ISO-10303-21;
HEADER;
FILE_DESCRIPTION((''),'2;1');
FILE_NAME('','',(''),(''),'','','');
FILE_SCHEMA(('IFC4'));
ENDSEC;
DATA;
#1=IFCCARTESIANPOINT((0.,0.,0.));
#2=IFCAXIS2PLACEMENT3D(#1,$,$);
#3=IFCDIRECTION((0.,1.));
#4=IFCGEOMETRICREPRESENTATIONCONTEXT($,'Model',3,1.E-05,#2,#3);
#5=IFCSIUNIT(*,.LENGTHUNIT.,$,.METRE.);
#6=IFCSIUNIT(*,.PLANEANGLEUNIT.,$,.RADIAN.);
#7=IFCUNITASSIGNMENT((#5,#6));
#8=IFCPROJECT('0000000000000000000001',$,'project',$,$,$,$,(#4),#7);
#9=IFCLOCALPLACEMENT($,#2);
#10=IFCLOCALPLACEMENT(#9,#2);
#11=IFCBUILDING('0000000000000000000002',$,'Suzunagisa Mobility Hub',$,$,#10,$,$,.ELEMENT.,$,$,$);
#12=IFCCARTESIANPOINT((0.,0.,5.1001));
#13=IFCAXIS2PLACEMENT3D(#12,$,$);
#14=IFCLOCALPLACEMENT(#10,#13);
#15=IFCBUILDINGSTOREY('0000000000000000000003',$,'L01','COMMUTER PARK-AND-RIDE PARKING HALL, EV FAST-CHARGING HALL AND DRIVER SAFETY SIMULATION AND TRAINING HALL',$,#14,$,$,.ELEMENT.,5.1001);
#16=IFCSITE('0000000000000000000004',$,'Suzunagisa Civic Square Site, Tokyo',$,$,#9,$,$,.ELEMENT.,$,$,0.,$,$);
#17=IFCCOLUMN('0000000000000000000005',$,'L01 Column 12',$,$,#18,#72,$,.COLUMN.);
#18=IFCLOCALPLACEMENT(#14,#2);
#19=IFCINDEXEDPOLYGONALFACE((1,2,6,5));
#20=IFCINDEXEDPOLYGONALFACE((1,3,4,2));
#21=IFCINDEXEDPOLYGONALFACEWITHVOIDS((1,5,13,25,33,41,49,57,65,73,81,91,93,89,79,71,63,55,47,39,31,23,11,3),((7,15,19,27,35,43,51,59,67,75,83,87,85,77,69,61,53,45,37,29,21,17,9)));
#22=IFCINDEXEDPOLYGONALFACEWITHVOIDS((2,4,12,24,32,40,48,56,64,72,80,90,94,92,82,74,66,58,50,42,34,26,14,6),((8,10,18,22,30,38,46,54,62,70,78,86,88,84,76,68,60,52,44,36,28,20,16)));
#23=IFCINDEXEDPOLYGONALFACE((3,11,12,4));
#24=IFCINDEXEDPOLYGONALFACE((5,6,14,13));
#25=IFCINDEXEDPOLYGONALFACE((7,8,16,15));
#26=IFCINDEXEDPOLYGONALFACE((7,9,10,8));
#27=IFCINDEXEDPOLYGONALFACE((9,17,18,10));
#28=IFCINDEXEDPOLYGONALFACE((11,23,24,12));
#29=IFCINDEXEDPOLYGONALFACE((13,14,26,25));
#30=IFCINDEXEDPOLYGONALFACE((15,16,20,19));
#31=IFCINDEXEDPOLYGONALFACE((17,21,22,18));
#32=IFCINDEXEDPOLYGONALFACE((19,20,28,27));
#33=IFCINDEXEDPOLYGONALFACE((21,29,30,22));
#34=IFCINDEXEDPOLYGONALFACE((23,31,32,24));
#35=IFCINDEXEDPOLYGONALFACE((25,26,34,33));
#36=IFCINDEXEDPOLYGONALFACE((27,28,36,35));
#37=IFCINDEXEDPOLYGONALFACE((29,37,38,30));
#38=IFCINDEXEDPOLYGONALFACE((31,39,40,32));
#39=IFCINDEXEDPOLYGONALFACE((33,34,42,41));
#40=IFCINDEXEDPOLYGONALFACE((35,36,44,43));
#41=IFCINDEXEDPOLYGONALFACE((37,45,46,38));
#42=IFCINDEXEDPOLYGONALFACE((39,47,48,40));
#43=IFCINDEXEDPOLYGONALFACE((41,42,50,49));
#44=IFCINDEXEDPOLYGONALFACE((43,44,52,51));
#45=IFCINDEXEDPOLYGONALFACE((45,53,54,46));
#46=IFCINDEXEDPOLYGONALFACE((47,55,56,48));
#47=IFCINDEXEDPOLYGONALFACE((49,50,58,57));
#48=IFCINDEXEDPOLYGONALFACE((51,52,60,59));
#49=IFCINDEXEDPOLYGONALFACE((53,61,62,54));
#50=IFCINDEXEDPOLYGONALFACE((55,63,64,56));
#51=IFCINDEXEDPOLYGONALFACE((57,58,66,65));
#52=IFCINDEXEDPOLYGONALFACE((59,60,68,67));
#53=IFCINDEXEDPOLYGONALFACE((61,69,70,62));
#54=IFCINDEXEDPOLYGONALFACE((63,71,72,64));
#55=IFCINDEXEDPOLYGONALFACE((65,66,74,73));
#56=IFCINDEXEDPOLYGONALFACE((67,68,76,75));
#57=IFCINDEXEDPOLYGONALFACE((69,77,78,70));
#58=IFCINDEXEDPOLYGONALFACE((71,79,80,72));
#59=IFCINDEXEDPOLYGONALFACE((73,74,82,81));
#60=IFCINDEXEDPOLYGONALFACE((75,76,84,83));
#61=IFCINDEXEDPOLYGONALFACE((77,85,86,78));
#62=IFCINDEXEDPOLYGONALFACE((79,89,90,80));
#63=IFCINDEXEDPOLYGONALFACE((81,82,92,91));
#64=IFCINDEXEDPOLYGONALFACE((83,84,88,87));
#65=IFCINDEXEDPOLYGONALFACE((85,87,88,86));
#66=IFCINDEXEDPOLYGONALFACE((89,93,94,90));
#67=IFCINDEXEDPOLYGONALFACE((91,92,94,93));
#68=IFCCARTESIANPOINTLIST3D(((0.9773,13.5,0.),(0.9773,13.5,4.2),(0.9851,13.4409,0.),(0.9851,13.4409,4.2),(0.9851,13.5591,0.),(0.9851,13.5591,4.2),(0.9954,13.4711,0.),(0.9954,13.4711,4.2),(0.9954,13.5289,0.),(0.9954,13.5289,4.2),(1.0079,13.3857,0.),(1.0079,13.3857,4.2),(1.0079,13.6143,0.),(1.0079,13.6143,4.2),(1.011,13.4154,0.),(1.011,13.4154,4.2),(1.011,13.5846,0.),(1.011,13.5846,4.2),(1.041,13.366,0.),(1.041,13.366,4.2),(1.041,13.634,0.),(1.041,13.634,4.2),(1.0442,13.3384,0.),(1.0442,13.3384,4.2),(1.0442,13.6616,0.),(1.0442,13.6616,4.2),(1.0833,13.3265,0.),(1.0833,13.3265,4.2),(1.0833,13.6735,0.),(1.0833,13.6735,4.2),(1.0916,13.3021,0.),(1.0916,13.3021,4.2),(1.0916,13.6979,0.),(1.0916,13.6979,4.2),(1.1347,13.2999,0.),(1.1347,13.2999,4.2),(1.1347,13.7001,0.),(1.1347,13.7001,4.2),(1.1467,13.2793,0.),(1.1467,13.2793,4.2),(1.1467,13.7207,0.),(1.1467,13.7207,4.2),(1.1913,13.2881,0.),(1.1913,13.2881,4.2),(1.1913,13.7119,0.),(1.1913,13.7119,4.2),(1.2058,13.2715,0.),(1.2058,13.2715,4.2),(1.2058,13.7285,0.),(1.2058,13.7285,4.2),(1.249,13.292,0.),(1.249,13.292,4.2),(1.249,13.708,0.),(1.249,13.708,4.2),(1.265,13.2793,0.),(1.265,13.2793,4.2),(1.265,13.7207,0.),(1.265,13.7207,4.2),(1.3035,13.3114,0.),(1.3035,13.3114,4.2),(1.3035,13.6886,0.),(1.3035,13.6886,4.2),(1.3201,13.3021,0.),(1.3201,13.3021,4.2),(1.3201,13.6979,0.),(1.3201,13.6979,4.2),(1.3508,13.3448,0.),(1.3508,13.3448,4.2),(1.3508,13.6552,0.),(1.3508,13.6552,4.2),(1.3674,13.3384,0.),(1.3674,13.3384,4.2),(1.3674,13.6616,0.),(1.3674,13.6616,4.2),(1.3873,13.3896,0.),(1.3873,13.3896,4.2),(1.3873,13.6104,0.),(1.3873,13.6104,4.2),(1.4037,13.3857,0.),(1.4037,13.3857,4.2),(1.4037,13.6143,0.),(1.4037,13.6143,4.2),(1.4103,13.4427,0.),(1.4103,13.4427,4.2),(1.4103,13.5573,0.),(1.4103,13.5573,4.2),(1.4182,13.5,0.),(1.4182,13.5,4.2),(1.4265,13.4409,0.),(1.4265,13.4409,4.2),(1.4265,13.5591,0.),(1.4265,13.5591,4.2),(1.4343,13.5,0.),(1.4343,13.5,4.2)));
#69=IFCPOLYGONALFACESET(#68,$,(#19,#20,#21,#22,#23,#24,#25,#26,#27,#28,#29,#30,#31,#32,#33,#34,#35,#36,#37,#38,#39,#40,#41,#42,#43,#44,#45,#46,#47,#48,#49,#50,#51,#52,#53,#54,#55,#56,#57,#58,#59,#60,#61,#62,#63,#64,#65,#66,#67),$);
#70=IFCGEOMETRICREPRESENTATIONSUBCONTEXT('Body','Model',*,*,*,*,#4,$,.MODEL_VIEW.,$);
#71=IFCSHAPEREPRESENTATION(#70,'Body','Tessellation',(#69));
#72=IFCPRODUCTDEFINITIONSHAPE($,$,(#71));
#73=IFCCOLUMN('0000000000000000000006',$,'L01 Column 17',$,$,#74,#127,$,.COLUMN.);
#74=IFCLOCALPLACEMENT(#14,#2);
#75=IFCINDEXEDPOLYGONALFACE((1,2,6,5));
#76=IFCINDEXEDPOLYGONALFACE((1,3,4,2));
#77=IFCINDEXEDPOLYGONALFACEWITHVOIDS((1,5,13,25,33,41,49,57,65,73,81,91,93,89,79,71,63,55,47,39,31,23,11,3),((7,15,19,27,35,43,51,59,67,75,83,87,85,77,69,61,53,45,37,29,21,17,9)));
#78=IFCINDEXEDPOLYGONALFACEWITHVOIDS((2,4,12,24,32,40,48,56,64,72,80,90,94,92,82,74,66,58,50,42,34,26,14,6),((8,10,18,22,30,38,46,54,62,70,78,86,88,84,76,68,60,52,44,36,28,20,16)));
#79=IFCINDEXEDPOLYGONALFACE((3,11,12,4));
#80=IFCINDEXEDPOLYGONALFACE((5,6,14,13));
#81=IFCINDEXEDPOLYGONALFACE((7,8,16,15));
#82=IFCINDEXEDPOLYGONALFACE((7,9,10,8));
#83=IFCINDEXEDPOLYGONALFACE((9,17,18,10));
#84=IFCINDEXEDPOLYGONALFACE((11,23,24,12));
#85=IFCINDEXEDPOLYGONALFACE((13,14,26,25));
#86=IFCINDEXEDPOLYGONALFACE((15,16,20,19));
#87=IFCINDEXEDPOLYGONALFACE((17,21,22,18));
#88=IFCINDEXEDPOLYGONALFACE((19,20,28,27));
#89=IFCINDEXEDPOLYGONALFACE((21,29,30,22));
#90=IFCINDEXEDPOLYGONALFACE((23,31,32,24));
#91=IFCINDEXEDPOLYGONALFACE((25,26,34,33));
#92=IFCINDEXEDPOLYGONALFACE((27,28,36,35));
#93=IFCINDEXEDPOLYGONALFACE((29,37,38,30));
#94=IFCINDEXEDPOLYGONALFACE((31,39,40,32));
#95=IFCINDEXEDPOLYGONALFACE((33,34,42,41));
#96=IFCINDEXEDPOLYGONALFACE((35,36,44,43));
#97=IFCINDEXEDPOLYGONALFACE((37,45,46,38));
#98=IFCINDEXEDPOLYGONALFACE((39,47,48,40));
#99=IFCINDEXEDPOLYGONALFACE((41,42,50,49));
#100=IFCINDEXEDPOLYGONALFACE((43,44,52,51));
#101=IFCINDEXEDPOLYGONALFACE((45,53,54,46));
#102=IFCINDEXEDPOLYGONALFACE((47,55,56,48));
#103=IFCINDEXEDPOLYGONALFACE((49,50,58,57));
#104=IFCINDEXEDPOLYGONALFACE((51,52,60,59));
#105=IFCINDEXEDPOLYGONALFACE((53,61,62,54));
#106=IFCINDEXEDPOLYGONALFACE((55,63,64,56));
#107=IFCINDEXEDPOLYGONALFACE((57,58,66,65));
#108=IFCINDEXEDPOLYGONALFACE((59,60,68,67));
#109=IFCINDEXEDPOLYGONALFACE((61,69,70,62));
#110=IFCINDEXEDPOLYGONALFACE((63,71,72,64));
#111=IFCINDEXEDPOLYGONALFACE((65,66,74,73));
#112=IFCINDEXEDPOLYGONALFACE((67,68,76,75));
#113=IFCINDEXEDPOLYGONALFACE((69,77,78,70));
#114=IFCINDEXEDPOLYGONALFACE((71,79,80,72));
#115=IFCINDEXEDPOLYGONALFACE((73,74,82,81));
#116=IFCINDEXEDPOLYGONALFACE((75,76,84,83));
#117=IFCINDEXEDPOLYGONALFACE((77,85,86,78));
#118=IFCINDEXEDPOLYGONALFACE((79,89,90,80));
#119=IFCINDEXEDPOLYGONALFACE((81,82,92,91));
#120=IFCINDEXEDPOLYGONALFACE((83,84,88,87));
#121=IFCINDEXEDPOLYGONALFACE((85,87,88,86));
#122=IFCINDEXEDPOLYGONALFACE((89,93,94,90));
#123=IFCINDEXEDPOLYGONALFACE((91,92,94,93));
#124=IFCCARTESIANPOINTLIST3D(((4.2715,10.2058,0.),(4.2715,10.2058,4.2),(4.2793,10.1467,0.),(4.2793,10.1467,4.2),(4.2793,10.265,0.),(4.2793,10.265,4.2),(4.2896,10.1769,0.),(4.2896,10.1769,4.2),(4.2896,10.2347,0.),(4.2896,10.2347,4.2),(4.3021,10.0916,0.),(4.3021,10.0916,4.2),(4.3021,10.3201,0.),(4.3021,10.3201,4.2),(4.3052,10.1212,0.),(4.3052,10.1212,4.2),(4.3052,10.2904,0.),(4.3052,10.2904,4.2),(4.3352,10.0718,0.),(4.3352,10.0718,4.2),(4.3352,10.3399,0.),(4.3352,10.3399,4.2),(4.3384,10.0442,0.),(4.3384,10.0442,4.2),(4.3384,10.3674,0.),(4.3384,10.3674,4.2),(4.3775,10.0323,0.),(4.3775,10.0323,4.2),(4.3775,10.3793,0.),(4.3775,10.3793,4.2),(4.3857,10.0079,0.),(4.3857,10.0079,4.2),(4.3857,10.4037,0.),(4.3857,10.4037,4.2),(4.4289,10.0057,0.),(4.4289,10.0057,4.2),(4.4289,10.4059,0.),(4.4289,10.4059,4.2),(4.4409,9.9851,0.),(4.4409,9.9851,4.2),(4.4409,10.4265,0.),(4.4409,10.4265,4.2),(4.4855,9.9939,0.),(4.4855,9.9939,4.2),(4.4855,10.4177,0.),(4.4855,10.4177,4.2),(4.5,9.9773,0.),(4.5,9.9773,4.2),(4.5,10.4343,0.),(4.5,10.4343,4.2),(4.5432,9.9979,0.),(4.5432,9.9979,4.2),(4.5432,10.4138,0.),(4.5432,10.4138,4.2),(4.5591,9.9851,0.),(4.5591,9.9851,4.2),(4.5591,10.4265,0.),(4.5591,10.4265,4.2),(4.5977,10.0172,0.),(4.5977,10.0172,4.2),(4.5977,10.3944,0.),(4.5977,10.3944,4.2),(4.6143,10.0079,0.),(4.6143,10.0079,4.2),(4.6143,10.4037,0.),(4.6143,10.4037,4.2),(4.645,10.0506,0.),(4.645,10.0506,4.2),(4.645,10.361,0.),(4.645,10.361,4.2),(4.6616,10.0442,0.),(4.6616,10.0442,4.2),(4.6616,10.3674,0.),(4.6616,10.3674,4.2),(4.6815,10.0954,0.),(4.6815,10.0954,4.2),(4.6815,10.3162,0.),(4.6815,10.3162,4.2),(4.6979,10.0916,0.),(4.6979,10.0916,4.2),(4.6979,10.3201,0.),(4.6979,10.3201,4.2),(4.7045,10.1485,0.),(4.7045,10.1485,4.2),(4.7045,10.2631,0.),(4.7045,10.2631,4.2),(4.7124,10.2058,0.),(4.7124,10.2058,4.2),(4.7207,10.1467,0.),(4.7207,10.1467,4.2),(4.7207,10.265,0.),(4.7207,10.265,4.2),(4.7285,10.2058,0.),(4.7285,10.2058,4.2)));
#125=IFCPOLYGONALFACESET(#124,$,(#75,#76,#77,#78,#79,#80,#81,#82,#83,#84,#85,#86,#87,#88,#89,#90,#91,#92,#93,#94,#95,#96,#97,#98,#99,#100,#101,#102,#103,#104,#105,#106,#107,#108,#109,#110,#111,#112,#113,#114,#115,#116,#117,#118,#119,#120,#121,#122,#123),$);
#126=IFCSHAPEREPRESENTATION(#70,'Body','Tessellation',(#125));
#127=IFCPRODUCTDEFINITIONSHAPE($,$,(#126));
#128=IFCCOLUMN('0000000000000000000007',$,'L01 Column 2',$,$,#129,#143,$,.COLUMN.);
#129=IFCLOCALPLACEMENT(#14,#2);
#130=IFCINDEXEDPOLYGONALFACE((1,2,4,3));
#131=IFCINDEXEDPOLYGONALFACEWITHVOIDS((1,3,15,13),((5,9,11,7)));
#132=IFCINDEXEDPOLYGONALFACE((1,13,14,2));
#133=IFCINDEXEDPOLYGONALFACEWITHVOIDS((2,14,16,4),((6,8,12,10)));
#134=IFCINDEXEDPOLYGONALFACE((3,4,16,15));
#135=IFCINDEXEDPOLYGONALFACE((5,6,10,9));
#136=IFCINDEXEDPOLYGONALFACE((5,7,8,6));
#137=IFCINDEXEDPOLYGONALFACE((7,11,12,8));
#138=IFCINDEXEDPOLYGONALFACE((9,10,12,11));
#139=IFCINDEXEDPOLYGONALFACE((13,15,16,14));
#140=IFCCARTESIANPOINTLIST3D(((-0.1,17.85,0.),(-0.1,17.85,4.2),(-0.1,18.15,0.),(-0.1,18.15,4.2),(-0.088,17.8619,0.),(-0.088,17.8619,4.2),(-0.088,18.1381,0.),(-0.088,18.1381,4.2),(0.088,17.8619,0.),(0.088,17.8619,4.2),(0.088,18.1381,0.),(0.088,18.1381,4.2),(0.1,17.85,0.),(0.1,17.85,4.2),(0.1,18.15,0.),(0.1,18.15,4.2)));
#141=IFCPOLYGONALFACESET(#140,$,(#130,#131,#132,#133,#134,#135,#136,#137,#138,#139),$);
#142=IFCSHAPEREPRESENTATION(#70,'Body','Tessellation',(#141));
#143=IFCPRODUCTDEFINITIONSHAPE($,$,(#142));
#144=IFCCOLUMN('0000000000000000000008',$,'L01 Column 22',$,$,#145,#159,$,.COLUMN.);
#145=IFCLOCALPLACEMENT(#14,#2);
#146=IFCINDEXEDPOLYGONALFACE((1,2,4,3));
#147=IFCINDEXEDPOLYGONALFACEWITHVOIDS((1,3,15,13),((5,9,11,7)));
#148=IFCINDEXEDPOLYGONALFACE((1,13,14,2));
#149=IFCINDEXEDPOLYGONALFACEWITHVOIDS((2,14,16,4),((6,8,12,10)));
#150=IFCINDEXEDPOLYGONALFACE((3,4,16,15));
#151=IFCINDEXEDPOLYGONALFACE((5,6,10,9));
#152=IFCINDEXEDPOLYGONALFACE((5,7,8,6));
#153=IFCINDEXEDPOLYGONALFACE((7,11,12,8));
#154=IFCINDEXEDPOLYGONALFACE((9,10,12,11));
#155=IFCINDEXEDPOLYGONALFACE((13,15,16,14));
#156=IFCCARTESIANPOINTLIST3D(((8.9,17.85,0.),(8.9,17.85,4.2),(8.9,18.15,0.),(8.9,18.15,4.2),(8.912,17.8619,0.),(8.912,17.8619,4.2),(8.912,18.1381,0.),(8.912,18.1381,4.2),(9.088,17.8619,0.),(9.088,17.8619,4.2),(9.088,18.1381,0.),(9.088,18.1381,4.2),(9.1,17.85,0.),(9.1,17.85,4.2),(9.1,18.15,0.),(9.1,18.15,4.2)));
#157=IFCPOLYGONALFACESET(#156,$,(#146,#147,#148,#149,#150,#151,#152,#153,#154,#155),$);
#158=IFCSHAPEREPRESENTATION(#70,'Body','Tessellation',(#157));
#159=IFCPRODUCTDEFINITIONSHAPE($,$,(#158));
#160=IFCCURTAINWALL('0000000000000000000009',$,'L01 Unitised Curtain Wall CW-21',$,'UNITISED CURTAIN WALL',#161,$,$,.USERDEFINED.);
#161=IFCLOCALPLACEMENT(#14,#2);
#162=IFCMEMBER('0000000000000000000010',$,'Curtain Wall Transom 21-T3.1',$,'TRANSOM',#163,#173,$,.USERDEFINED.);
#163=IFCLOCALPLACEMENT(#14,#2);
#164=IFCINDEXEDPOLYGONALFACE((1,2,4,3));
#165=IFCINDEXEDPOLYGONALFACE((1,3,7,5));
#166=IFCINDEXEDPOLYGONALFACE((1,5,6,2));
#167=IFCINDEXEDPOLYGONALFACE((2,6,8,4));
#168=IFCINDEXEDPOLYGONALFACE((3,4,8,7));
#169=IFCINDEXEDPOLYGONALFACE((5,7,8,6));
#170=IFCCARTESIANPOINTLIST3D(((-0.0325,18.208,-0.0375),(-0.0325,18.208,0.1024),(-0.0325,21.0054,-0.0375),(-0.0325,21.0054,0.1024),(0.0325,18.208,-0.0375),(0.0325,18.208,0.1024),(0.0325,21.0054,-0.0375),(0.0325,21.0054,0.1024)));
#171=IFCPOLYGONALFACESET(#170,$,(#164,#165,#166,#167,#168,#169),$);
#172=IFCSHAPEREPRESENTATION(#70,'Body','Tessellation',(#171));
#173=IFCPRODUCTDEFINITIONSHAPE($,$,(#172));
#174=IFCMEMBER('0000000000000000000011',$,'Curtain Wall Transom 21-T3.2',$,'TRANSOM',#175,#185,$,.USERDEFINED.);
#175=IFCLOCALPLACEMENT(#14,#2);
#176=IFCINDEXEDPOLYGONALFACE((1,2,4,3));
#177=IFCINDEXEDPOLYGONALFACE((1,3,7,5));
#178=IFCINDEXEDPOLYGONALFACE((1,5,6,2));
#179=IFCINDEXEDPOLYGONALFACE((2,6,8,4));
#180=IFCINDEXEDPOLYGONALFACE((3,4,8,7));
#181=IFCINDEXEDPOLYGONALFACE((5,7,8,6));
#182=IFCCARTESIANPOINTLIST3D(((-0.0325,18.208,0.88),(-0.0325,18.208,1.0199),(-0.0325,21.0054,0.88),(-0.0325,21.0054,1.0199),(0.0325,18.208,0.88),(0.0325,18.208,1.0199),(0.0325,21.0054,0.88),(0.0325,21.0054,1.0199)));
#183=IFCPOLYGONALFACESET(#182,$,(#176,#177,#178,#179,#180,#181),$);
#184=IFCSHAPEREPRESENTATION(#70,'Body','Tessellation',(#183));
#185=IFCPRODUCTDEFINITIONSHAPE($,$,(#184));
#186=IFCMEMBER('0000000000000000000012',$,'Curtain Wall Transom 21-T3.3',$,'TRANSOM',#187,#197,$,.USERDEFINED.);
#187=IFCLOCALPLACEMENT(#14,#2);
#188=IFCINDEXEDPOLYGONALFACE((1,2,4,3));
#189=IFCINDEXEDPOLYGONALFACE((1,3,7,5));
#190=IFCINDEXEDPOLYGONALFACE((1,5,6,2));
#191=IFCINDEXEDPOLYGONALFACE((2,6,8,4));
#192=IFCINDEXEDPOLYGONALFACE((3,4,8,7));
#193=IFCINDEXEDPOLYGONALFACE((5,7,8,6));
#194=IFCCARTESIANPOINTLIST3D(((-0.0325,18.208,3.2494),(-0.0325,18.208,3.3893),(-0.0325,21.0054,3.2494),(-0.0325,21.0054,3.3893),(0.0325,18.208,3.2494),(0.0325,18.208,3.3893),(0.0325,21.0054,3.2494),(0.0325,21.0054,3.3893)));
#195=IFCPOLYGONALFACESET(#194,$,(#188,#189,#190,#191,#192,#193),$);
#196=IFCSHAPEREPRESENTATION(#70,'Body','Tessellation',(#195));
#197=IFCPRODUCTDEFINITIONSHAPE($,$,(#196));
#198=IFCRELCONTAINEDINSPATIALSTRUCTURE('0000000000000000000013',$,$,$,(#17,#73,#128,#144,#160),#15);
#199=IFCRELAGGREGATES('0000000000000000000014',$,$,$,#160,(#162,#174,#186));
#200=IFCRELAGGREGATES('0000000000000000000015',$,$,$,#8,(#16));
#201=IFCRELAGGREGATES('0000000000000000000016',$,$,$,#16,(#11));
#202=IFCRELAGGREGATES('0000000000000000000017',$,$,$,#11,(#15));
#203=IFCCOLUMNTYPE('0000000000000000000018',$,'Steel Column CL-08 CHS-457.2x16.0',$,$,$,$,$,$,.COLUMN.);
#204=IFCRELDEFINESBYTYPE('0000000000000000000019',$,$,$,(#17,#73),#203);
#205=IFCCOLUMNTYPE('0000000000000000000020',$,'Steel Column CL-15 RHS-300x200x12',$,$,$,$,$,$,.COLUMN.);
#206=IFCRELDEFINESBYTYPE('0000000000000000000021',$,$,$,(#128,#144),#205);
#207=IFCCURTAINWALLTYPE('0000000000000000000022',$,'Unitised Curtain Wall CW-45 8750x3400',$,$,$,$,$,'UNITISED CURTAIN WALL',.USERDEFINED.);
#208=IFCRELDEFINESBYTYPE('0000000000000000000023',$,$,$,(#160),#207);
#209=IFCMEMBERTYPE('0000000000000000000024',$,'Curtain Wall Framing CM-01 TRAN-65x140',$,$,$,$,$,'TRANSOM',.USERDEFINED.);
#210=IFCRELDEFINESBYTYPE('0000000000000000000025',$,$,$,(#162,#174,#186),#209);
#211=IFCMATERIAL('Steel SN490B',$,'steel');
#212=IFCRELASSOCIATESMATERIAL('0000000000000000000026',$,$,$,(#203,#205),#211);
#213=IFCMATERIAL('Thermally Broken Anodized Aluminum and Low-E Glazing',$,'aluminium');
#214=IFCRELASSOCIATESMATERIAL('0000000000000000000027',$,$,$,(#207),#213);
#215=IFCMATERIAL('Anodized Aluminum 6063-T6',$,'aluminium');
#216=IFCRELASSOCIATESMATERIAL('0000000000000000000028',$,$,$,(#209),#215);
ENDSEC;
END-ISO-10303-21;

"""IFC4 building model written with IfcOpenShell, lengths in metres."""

from ifc_helpers import new_model, si_unit, direction, frame, origin, origin_2d, place, context, subcontext, project, spatial, rectangle, hollow_rectangle, hollow_circle, extrude, material, material_profile, profile_set, type_object, element, aggregate, save


model = new_model("IFC4")

# Units and contexts
model_context = context("Model", 3, precision=1e-05, world=origin(), true_north=direction((0.0, 1.0)))
body_context = subcontext(model_context, "Body", "Model", "MODEL_VIEW")
ifc_project = project(units=[si_unit("LENGTHUNIT", "METRE"), si_unit("PLANEANGLEUNIT", "RADIAN")], contexts=[model_context])

# Site, building, storey
site_placement = place(None, origin())
site = spatial("IfcSite", under=ifc_project, at=site_placement, Name="Suzunagisa Civic Square Site, Tokyo", CompositionType="ELEMENT", RefElevation=0.0)
building_placement = place(site_placement, origin())
building = spatial("IfcBuilding", under=site, at=building_placement, Name="Suzunagisa Mobility Hub", CompositionType="ELEMENT")
storey_placement = place(building_placement, frame((0.0, 0.0, 5.1001)))
storey = spatial("IfcBuildingStorey", under=building, at=storey_placement, Name="L01", Description="COMMUTER PARK-AND-RIDE PARKING HALL, EV FAST-CHARGING HALL AND DRIVER SAFETY SIMULATION AND TRAINING HALL", CompositionType="ELEMENT", Elevation=5.1001)

# Columns
ifc_material_1 = material(Name="Steel SN490B", Category="steel")
ifc_material_profile_1 = material_profile(ifc_material_1, hollow_circle(Radius=0.2285, WallThickness=0.0161, at=origin_2d()), Name="CHS-457.2x16.0")
ifc_profile_set_1 = profile_set([ifc_material_profile_1], Name="Steel SN490B")
column_type_1 = type_object("IfcColumnType", Name="Steel Column CL-08 CHS-457.2x16.0", PredefinedType="COLUMN", material=ifc_profile_set_1)
for number, where, z_axis, x_axis, name in (
    (1, (1.2058, 13.5, 0.0), (0.0, 0.0, 1.0), (1.0, 0.0, 0.0), "L01 Column 12"),
    (2, (4.5, 10.2058, 0.0), (0.0, 0.0, 1.0), (1.0, 0.0, 0.0), "L01 Column 17"),
):
    element("IfcColumn", number, at=place(storey_placement, frame(where, z_axis=z_axis, x_axis=x_axis)), inside=storey, type_object=column_type_1, Name=name, PredefinedType="COLUMN", context=body_context, shape_type="SweptSolid", body=[
        extrude(hollow_circle(Radius=0.2285, WallThickness=0.0161, at=origin_2d()), origin(), (0.0, 0.0, 1.0), 4.2),
    ])
ifc_material_profile_2 = material_profile(ifc_material_1, hollow_rectangle(XDim=0.2, YDim=0.3, WallThickness=0.012, at=origin_2d()), Name="RHS-300x200x12")
ifc_profile_set_2 = profile_set([ifc_material_profile_2], Name="Steel SN490B")
column_type_2 = type_object("IfcColumnType", Name="Steel Column CL-15 RHS-300x200x12", PredefinedType="COLUMN", material=ifc_profile_set_2)
for number, where, z_axis, x_axis, name in (
    (3, (0.0, 18.0, 0.0), (0.0, 0.0, 1.0), (1.0, 0.0, 0.0), "L01 Column 2"),
    (4, (9.0, 18.0, 0.0), (0.0, 0.0, 1.0), (1.0, 0.0, 0.0), "L01 Column 22"),
):
    element("IfcColumn", number, at=place(storey_placement, frame(where, z_axis=z_axis, x_axis=x_axis)), inside=storey, type_object=column_type_2, Name=name, PredefinedType="COLUMN", context=body_context, shape_type="SweptSolid", body=[
        extrude(hollow_rectangle(XDim=0.2, YDim=0.3, WallThickness=0.012, at=origin_2d()), origin(), (0.0, 0.0, 1.0), 4.2),
    ])

# Curtain wall, members
ifc_material_2 = material(Name="Thermally Broken Anodized Aluminum and Low-E Glazing", Category="aluminium")
curtain_wall_type = type_object("IfcCurtainWallType", Name="Unitised Curtain Wall CW-45 8750x3400", ElementType="UNITISED CURTAIN WALL", PredefinedType="USERDEFINED", material=ifc_material_2)
curtain_wall_placement = place(storey_placement, origin())
curtain_wall = element("IfcCurtainWall", 5, at=curtain_wall_placement, inside=storey, type_object=curtain_wall_type, Name="L01 Unitised Curtain Wall CW-21", ObjectType="UNITISED CURTAIN WALL", PredefinedType="USERDEFINED")
ifc_material_3 = material(Name="Anodized Aluminum 6063-T6", Category="aluminium")
ifc_material_profile_3 = material_profile(ifc_material_3, rectangle(XDim=0.0649, YDim=0.1399, at=origin_2d()), Name="TRAN-65x140")
ifc_profile_set_3 = profile_set([ifc_material_profile_3], Name="Anodized Aluminum 6063-T6")
member_type_1 = type_object("IfcMemberType", Name="Curtain Wall Framing CM-01 TRAN-65x140", ElementType="TRANSOM", PredefinedType="USERDEFINED", material=ifc_profile_set_3)
member_1_placement = place(storey_placement, frame((0.0, 21.0054, 0.0325), z_axis=(0.0, -1.0, 0.0), x_axis=(1.0, 0.0, 0.0)))
member_1 = element("IfcMember", 6, at=member_1_placement, type_object=member_type_1, Name="Curtain Wall Transom 21-T3.1", ObjectType="TRANSOM", PredefinedType="USERDEFINED", context=body_context, shape_type="SweptSolid", body=[
    extrude(rectangle(XDim=0.0649, YDim=0.1399, at=origin_2d()), origin(), (0.0, 0.0, 1.0), 2.7974),
])
member_2_placement = place(storey_placement, frame((0.0, 21.0054, 0.95), z_axis=(0.0, -1.0, 0.0), x_axis=(1.0, 0.0, 0.0)))
member_2 = element("IfcMember", 7, at=member_2_placement, type_object=member_type_1, Name="Curtain Wall Transom 21-T3.2", ObjectType="TRANSOM", PredefinedType="USERDEFINED", context=body_context, shape_type="SweptSolid", body=[
    extrude(rectangle(XDim=0.0649, YDim=0.1399, at=origin_2d()), origin(), (0.0, 0.0, 1.0), 2.7974),
])
member_3_placement = place(storey_placement, frame((0.0, 21.0054, 3.3193), z_axis=(0.0, -1.0, 0.0), x_axis=(1.0, 0.0, 0.0)))
member_3 = element("IfcMember", 8, at=member_3_placement, type_object=member_type_1, Name="Curtain Wall Transom 21-T3.3", ObjectType="TRANSOM", PredefinedType="USERDEFINED", context=body_context, shape_type="SweptSolid", body=[
    extrude(rectangle(XDim=0.0649, YDim=0.1399, at=origin_2d()), origin(), (0.0, 0.0, 1.0), 2.7974),
])

aggregate(curtain_wall, [member_1, member_2, member_3])

save(model, "model.ifc")
